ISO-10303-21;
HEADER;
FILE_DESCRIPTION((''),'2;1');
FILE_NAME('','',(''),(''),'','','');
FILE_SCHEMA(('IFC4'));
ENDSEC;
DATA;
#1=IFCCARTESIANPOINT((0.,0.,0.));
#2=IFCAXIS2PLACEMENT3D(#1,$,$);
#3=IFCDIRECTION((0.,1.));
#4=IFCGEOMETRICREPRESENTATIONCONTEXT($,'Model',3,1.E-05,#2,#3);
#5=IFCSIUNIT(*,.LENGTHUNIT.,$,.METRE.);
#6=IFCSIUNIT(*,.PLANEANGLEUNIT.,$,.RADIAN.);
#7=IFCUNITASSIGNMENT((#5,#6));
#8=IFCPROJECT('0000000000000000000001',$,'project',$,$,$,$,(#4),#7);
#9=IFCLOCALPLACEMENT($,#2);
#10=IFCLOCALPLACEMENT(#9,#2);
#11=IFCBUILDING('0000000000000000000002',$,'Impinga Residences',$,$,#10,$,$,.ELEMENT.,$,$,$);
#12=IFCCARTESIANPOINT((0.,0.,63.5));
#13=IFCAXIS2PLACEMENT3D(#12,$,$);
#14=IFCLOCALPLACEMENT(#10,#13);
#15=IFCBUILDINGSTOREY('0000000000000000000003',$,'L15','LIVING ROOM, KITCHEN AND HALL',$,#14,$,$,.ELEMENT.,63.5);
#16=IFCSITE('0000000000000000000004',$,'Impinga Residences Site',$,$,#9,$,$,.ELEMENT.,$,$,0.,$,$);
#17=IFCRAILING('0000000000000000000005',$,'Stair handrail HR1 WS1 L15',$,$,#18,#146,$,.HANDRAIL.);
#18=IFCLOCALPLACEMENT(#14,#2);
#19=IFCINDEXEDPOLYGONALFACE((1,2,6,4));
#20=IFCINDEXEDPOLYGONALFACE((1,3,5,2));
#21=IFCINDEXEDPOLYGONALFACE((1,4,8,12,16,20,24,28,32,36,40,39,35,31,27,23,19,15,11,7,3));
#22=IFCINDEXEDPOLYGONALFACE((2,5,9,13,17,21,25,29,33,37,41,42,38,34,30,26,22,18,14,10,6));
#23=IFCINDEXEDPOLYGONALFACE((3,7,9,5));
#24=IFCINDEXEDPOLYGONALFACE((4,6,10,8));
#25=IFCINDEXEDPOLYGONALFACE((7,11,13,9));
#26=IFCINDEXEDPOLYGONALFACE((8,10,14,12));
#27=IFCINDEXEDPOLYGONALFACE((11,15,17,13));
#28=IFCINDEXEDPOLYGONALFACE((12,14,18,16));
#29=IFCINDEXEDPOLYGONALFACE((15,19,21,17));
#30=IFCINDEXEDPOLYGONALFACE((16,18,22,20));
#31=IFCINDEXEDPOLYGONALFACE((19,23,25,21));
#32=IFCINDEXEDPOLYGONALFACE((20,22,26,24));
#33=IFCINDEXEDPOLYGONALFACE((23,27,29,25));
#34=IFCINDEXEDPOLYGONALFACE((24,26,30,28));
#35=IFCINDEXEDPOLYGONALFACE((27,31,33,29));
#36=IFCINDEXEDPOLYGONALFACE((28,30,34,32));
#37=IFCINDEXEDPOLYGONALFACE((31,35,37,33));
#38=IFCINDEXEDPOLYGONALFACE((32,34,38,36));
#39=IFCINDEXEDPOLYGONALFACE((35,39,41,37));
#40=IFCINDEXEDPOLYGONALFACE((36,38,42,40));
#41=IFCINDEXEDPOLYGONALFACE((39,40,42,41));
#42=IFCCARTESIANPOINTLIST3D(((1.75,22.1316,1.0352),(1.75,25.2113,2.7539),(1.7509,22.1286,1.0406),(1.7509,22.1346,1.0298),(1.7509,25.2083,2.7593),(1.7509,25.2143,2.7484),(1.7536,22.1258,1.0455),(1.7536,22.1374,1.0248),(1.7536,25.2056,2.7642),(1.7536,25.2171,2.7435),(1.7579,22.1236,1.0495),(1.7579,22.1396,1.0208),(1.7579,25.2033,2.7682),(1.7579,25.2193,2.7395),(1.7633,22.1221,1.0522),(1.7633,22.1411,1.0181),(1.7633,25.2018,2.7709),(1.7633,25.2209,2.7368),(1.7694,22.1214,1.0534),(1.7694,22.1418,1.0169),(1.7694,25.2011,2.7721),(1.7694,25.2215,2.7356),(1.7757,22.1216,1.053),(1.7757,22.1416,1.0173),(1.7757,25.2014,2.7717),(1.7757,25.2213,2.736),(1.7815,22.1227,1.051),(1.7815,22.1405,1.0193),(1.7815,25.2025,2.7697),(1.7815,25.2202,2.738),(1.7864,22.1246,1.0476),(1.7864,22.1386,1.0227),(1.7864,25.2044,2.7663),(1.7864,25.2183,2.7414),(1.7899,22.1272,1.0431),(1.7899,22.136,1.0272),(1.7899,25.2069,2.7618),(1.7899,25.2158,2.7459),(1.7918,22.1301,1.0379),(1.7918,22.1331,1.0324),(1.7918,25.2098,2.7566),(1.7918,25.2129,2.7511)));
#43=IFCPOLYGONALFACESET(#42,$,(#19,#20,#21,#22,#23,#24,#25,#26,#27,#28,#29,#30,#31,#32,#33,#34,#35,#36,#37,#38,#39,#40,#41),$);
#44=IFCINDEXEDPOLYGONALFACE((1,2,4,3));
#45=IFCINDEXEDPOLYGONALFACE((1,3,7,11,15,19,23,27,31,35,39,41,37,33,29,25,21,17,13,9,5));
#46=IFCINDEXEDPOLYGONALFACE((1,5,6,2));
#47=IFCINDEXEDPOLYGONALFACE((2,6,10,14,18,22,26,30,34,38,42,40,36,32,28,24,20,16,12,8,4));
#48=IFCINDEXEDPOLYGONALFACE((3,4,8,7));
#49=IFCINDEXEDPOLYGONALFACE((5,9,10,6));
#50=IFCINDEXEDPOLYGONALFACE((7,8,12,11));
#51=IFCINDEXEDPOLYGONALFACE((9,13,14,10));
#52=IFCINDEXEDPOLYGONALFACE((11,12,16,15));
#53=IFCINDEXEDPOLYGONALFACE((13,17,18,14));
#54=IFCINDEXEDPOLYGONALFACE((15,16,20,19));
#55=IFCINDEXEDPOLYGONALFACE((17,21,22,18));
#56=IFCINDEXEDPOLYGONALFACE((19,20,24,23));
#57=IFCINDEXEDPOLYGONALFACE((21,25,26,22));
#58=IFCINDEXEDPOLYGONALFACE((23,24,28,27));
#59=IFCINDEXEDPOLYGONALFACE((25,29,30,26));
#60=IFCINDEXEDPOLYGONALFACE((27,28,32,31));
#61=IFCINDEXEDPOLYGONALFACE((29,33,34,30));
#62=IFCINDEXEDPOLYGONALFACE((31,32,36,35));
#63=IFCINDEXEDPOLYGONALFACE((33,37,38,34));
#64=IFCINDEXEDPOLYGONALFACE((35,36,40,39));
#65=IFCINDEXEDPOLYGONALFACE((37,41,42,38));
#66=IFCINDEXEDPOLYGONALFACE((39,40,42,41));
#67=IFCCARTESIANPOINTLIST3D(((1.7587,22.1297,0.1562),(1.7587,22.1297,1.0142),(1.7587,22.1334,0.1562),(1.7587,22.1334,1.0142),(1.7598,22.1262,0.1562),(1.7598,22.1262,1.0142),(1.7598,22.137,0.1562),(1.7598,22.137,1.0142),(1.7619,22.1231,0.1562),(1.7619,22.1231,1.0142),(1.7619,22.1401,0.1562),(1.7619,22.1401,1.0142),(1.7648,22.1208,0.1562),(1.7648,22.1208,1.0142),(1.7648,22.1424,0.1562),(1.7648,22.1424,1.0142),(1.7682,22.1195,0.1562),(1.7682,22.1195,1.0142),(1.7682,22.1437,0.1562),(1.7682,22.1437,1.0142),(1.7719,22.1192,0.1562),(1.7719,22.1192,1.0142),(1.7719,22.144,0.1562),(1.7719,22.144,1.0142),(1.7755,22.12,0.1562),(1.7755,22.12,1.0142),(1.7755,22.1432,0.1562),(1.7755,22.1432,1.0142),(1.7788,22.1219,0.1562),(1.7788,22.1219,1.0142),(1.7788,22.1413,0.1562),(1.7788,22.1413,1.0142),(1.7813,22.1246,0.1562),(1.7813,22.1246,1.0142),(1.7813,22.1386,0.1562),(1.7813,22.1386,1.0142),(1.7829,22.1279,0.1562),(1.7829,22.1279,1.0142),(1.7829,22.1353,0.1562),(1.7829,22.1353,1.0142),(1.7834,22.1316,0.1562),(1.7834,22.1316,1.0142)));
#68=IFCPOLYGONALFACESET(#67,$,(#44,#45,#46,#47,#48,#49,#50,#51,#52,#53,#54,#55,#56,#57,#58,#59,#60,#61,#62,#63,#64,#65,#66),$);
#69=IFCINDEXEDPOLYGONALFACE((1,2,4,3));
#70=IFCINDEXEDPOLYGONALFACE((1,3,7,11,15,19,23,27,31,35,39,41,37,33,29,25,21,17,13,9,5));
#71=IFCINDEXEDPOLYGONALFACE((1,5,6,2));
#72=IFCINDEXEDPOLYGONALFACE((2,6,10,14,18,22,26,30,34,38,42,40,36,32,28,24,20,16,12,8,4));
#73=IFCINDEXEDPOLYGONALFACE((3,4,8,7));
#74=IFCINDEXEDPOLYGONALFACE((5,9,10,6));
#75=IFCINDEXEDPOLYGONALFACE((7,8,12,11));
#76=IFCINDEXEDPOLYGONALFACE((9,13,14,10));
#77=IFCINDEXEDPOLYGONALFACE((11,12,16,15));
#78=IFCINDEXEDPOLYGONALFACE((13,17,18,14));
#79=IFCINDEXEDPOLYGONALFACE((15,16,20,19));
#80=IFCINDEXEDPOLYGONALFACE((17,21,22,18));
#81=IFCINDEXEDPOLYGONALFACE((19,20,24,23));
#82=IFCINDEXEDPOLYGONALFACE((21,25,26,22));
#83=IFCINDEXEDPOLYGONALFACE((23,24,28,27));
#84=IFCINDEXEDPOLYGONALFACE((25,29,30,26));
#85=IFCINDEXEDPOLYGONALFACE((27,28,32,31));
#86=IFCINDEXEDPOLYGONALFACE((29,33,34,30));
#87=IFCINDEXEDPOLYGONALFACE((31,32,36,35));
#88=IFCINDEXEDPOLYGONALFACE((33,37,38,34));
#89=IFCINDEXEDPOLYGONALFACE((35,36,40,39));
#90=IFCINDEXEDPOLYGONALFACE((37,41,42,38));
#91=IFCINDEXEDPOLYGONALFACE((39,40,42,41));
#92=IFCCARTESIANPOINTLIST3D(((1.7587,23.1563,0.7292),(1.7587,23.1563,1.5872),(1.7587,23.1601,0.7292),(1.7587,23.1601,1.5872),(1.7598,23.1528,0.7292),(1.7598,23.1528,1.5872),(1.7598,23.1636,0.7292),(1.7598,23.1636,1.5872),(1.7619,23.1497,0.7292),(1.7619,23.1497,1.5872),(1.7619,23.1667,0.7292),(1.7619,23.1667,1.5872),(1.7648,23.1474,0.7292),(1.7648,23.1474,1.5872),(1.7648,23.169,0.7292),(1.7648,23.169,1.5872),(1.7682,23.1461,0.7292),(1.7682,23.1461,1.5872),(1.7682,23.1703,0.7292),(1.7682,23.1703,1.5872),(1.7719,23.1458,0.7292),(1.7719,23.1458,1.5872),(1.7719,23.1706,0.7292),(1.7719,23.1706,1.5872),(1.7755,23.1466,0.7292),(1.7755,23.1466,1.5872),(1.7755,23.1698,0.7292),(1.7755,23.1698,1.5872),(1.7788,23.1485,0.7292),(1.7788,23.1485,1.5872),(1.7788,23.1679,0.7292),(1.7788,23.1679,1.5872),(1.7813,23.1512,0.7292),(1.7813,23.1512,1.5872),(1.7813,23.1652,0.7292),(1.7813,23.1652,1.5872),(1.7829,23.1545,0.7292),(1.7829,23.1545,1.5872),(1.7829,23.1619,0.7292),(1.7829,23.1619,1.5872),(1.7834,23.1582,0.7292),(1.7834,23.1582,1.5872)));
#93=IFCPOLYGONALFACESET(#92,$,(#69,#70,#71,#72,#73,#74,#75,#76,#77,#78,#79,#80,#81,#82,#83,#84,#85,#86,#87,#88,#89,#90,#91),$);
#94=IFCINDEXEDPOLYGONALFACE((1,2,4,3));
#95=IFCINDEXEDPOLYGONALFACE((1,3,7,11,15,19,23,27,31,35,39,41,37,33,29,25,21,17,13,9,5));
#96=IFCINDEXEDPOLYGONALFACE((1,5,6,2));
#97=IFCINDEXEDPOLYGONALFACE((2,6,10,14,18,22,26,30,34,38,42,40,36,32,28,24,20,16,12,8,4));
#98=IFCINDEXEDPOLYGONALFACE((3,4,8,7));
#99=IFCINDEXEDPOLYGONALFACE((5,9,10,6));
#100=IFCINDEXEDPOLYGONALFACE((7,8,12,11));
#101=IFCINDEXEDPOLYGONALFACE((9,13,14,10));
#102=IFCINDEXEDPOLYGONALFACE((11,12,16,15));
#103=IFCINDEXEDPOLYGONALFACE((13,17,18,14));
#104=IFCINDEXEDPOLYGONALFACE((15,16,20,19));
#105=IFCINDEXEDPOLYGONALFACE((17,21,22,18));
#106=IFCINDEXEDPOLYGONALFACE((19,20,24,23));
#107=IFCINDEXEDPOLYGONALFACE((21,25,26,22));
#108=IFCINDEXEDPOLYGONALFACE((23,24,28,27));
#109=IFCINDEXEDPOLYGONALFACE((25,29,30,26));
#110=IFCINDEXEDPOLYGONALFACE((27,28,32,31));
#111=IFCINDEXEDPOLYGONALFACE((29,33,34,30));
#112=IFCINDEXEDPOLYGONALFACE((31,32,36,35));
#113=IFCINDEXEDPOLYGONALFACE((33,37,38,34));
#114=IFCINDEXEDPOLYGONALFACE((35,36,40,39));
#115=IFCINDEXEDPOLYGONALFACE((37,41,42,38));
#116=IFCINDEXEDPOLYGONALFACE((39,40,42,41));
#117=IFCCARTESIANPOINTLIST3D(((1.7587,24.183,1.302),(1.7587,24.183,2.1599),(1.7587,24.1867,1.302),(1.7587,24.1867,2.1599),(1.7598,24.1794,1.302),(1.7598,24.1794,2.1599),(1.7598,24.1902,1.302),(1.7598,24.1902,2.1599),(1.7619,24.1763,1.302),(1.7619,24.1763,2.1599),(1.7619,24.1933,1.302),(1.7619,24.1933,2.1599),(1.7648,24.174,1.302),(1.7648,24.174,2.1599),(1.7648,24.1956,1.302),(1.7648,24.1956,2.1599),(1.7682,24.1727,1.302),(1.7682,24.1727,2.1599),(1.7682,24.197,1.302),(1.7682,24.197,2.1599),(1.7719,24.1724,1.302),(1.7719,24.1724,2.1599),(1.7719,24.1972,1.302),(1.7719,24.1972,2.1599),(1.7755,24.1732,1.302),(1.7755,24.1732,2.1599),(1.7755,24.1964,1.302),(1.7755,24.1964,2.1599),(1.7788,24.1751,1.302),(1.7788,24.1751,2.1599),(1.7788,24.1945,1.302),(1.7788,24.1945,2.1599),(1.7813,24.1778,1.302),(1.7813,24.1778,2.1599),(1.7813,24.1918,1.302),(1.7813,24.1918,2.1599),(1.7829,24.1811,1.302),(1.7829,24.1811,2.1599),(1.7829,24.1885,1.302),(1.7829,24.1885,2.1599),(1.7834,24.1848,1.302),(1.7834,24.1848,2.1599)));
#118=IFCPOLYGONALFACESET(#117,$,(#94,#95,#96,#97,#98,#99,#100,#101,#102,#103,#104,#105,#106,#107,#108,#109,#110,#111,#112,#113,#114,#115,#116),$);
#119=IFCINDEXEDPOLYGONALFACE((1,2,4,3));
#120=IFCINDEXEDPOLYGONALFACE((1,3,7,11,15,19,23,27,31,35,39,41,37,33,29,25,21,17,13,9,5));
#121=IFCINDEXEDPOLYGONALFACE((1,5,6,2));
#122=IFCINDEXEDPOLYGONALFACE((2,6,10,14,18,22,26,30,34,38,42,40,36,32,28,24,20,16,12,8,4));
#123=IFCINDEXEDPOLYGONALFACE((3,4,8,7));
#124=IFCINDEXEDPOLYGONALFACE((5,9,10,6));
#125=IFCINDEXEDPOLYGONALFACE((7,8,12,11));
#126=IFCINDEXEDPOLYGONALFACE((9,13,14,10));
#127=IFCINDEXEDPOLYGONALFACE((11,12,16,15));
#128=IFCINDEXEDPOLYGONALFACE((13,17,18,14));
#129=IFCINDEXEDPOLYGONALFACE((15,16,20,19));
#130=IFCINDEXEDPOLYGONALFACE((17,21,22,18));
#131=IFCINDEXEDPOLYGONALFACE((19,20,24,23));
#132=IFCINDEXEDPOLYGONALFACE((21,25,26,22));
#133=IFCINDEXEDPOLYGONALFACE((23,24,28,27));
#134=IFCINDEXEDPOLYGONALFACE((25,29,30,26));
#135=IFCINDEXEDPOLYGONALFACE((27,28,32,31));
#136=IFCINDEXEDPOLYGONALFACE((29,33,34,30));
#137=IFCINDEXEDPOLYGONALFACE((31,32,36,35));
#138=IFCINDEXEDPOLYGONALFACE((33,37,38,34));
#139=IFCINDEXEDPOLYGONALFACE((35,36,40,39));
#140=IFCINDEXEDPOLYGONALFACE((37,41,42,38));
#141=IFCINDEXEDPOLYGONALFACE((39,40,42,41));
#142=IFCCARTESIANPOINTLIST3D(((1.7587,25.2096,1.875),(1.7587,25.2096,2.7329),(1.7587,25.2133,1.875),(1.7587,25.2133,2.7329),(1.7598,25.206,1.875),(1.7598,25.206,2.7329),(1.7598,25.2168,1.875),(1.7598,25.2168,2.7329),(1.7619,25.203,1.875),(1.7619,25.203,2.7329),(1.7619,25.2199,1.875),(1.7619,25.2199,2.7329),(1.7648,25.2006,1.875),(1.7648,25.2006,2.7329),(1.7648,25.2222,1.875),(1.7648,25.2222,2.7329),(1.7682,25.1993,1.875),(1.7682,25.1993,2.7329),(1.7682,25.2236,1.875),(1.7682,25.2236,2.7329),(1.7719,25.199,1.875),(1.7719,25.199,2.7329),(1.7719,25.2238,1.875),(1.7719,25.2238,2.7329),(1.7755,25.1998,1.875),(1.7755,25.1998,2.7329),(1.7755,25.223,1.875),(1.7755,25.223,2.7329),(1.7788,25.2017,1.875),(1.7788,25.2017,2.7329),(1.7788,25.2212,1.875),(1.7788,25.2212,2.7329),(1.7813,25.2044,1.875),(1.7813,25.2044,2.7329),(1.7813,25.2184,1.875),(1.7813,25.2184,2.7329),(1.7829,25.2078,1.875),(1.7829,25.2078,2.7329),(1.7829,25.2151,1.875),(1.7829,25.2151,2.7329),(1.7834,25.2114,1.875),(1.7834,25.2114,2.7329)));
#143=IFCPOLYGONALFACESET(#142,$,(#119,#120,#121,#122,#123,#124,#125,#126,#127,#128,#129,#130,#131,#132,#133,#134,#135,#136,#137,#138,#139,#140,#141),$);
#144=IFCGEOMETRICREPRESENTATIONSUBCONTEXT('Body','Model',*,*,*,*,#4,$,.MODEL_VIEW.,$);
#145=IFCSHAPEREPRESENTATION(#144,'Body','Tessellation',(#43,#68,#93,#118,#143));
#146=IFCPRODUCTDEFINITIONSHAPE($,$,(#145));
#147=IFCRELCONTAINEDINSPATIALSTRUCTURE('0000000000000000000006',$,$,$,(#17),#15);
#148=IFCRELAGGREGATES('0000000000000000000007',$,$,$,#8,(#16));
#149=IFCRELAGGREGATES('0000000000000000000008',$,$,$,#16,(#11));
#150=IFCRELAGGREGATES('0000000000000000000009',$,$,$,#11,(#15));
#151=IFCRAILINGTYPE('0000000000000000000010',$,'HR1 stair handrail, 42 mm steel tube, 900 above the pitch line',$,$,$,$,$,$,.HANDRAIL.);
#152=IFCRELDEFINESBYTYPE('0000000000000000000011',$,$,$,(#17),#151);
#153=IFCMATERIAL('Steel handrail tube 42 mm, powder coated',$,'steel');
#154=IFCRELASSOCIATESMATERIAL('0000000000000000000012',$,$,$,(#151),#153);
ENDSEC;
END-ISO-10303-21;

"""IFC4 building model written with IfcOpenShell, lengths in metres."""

from ifc_helpers import new_model, si_unit, direction, frame, origin, origin_2d, place, context, subcontext, project, spatial, circle, extrude, material, type_object, element, save


model = new_model("IFC4")

# Units and contexts
model_context = context("Model", 3, precision=1e-05, world=origin(), true_north=direction((0.0, 1.0)))
body_context = subcontext(model_context, "Body", "Model", "MODEL_VIEW")
ifc_project = project(units=[si_unit("LENGTHUNIT", "METRE"), si_unit("PLANEANGLEUNIT", "RADIAN")], contexts=[model_context])

# Site, building, storey
site_placement = place(None, origin())
site = spatial("IfcSite", under=ifc_project, at=site_placement, Name="Impinga Residences Site", CompositionType="ELEMENT", RefElevation=0.0)
building_placement = place(site_placement, origin())
building = spatial("IfcBuilding", under=site, at=building_placement, Name="Impinga Residences", CompositionType="ELEMENT")
storey_placement = place(building_placement, frame((0.0, 0.0, 63.5)))
storey = spatial("IfcBuildingStorey", under=building, at=storey_placement, Name="L15", Description="LIVING ROOM, KITCHEN AND HALL", CompositionType="ELEMENT", Elevation=63.5)

# Railing
ifc_material_1 = material(Name="Steel handrail tube 42 mm, powder coated", Category="steel")
railing_type_1 = type_object("IfcRailingType", Name="HR1 stair handrail, 42 mm steel tube, 900 above the pitch line", PredefinedType="HANDRAIL", material=ifc_material_1)
railing_1_placement = place(storey_placement, frame((1.771, 22.1316, 0.1562)))
element("IfcRailing", 1, at=railing_1_placement, inside=storey, type_object=railing_type_1, Name="Stair handrail HR1 WS1 L15", PredefinedType="HANDRAIL", context=body_context, shape_type="SweptSolid", body=[
    extrude(circle(Radius=0.021, at=origin_2d()), frame((0.0, 0.0, 0.8789), z_axis=(0.0, 0.873225, 0.487317), x_axis=(-1.0, 0.0, 0.0)), (0.0, 0.0, 1.0), 3.5269),
    extrude(circle(Radius=0.0125, at=origin_2d()), origin(), (0.0, 0.0, 1.0), 0.8579),
    extrude(circle(Radius=0.0125, at=origin_2d()), frame((0.0, 1.0266, 0.573)), (0.0, 0.0, 1.0), 0.8579),
    extrude(circle(Radius=0.0125, at=origin_2d()), frame((0.0, 2.0532, 1.1458)), (0.0, 0.0, 1.0), 0.8579),
    extrude(circle(Radius=0.0125, at=origin_2d()), frame((0.0, 3.0798, 1.7188)), (0.0, 0.0, 1.0), 0.8579),
])

save(model, "model.ifc")
